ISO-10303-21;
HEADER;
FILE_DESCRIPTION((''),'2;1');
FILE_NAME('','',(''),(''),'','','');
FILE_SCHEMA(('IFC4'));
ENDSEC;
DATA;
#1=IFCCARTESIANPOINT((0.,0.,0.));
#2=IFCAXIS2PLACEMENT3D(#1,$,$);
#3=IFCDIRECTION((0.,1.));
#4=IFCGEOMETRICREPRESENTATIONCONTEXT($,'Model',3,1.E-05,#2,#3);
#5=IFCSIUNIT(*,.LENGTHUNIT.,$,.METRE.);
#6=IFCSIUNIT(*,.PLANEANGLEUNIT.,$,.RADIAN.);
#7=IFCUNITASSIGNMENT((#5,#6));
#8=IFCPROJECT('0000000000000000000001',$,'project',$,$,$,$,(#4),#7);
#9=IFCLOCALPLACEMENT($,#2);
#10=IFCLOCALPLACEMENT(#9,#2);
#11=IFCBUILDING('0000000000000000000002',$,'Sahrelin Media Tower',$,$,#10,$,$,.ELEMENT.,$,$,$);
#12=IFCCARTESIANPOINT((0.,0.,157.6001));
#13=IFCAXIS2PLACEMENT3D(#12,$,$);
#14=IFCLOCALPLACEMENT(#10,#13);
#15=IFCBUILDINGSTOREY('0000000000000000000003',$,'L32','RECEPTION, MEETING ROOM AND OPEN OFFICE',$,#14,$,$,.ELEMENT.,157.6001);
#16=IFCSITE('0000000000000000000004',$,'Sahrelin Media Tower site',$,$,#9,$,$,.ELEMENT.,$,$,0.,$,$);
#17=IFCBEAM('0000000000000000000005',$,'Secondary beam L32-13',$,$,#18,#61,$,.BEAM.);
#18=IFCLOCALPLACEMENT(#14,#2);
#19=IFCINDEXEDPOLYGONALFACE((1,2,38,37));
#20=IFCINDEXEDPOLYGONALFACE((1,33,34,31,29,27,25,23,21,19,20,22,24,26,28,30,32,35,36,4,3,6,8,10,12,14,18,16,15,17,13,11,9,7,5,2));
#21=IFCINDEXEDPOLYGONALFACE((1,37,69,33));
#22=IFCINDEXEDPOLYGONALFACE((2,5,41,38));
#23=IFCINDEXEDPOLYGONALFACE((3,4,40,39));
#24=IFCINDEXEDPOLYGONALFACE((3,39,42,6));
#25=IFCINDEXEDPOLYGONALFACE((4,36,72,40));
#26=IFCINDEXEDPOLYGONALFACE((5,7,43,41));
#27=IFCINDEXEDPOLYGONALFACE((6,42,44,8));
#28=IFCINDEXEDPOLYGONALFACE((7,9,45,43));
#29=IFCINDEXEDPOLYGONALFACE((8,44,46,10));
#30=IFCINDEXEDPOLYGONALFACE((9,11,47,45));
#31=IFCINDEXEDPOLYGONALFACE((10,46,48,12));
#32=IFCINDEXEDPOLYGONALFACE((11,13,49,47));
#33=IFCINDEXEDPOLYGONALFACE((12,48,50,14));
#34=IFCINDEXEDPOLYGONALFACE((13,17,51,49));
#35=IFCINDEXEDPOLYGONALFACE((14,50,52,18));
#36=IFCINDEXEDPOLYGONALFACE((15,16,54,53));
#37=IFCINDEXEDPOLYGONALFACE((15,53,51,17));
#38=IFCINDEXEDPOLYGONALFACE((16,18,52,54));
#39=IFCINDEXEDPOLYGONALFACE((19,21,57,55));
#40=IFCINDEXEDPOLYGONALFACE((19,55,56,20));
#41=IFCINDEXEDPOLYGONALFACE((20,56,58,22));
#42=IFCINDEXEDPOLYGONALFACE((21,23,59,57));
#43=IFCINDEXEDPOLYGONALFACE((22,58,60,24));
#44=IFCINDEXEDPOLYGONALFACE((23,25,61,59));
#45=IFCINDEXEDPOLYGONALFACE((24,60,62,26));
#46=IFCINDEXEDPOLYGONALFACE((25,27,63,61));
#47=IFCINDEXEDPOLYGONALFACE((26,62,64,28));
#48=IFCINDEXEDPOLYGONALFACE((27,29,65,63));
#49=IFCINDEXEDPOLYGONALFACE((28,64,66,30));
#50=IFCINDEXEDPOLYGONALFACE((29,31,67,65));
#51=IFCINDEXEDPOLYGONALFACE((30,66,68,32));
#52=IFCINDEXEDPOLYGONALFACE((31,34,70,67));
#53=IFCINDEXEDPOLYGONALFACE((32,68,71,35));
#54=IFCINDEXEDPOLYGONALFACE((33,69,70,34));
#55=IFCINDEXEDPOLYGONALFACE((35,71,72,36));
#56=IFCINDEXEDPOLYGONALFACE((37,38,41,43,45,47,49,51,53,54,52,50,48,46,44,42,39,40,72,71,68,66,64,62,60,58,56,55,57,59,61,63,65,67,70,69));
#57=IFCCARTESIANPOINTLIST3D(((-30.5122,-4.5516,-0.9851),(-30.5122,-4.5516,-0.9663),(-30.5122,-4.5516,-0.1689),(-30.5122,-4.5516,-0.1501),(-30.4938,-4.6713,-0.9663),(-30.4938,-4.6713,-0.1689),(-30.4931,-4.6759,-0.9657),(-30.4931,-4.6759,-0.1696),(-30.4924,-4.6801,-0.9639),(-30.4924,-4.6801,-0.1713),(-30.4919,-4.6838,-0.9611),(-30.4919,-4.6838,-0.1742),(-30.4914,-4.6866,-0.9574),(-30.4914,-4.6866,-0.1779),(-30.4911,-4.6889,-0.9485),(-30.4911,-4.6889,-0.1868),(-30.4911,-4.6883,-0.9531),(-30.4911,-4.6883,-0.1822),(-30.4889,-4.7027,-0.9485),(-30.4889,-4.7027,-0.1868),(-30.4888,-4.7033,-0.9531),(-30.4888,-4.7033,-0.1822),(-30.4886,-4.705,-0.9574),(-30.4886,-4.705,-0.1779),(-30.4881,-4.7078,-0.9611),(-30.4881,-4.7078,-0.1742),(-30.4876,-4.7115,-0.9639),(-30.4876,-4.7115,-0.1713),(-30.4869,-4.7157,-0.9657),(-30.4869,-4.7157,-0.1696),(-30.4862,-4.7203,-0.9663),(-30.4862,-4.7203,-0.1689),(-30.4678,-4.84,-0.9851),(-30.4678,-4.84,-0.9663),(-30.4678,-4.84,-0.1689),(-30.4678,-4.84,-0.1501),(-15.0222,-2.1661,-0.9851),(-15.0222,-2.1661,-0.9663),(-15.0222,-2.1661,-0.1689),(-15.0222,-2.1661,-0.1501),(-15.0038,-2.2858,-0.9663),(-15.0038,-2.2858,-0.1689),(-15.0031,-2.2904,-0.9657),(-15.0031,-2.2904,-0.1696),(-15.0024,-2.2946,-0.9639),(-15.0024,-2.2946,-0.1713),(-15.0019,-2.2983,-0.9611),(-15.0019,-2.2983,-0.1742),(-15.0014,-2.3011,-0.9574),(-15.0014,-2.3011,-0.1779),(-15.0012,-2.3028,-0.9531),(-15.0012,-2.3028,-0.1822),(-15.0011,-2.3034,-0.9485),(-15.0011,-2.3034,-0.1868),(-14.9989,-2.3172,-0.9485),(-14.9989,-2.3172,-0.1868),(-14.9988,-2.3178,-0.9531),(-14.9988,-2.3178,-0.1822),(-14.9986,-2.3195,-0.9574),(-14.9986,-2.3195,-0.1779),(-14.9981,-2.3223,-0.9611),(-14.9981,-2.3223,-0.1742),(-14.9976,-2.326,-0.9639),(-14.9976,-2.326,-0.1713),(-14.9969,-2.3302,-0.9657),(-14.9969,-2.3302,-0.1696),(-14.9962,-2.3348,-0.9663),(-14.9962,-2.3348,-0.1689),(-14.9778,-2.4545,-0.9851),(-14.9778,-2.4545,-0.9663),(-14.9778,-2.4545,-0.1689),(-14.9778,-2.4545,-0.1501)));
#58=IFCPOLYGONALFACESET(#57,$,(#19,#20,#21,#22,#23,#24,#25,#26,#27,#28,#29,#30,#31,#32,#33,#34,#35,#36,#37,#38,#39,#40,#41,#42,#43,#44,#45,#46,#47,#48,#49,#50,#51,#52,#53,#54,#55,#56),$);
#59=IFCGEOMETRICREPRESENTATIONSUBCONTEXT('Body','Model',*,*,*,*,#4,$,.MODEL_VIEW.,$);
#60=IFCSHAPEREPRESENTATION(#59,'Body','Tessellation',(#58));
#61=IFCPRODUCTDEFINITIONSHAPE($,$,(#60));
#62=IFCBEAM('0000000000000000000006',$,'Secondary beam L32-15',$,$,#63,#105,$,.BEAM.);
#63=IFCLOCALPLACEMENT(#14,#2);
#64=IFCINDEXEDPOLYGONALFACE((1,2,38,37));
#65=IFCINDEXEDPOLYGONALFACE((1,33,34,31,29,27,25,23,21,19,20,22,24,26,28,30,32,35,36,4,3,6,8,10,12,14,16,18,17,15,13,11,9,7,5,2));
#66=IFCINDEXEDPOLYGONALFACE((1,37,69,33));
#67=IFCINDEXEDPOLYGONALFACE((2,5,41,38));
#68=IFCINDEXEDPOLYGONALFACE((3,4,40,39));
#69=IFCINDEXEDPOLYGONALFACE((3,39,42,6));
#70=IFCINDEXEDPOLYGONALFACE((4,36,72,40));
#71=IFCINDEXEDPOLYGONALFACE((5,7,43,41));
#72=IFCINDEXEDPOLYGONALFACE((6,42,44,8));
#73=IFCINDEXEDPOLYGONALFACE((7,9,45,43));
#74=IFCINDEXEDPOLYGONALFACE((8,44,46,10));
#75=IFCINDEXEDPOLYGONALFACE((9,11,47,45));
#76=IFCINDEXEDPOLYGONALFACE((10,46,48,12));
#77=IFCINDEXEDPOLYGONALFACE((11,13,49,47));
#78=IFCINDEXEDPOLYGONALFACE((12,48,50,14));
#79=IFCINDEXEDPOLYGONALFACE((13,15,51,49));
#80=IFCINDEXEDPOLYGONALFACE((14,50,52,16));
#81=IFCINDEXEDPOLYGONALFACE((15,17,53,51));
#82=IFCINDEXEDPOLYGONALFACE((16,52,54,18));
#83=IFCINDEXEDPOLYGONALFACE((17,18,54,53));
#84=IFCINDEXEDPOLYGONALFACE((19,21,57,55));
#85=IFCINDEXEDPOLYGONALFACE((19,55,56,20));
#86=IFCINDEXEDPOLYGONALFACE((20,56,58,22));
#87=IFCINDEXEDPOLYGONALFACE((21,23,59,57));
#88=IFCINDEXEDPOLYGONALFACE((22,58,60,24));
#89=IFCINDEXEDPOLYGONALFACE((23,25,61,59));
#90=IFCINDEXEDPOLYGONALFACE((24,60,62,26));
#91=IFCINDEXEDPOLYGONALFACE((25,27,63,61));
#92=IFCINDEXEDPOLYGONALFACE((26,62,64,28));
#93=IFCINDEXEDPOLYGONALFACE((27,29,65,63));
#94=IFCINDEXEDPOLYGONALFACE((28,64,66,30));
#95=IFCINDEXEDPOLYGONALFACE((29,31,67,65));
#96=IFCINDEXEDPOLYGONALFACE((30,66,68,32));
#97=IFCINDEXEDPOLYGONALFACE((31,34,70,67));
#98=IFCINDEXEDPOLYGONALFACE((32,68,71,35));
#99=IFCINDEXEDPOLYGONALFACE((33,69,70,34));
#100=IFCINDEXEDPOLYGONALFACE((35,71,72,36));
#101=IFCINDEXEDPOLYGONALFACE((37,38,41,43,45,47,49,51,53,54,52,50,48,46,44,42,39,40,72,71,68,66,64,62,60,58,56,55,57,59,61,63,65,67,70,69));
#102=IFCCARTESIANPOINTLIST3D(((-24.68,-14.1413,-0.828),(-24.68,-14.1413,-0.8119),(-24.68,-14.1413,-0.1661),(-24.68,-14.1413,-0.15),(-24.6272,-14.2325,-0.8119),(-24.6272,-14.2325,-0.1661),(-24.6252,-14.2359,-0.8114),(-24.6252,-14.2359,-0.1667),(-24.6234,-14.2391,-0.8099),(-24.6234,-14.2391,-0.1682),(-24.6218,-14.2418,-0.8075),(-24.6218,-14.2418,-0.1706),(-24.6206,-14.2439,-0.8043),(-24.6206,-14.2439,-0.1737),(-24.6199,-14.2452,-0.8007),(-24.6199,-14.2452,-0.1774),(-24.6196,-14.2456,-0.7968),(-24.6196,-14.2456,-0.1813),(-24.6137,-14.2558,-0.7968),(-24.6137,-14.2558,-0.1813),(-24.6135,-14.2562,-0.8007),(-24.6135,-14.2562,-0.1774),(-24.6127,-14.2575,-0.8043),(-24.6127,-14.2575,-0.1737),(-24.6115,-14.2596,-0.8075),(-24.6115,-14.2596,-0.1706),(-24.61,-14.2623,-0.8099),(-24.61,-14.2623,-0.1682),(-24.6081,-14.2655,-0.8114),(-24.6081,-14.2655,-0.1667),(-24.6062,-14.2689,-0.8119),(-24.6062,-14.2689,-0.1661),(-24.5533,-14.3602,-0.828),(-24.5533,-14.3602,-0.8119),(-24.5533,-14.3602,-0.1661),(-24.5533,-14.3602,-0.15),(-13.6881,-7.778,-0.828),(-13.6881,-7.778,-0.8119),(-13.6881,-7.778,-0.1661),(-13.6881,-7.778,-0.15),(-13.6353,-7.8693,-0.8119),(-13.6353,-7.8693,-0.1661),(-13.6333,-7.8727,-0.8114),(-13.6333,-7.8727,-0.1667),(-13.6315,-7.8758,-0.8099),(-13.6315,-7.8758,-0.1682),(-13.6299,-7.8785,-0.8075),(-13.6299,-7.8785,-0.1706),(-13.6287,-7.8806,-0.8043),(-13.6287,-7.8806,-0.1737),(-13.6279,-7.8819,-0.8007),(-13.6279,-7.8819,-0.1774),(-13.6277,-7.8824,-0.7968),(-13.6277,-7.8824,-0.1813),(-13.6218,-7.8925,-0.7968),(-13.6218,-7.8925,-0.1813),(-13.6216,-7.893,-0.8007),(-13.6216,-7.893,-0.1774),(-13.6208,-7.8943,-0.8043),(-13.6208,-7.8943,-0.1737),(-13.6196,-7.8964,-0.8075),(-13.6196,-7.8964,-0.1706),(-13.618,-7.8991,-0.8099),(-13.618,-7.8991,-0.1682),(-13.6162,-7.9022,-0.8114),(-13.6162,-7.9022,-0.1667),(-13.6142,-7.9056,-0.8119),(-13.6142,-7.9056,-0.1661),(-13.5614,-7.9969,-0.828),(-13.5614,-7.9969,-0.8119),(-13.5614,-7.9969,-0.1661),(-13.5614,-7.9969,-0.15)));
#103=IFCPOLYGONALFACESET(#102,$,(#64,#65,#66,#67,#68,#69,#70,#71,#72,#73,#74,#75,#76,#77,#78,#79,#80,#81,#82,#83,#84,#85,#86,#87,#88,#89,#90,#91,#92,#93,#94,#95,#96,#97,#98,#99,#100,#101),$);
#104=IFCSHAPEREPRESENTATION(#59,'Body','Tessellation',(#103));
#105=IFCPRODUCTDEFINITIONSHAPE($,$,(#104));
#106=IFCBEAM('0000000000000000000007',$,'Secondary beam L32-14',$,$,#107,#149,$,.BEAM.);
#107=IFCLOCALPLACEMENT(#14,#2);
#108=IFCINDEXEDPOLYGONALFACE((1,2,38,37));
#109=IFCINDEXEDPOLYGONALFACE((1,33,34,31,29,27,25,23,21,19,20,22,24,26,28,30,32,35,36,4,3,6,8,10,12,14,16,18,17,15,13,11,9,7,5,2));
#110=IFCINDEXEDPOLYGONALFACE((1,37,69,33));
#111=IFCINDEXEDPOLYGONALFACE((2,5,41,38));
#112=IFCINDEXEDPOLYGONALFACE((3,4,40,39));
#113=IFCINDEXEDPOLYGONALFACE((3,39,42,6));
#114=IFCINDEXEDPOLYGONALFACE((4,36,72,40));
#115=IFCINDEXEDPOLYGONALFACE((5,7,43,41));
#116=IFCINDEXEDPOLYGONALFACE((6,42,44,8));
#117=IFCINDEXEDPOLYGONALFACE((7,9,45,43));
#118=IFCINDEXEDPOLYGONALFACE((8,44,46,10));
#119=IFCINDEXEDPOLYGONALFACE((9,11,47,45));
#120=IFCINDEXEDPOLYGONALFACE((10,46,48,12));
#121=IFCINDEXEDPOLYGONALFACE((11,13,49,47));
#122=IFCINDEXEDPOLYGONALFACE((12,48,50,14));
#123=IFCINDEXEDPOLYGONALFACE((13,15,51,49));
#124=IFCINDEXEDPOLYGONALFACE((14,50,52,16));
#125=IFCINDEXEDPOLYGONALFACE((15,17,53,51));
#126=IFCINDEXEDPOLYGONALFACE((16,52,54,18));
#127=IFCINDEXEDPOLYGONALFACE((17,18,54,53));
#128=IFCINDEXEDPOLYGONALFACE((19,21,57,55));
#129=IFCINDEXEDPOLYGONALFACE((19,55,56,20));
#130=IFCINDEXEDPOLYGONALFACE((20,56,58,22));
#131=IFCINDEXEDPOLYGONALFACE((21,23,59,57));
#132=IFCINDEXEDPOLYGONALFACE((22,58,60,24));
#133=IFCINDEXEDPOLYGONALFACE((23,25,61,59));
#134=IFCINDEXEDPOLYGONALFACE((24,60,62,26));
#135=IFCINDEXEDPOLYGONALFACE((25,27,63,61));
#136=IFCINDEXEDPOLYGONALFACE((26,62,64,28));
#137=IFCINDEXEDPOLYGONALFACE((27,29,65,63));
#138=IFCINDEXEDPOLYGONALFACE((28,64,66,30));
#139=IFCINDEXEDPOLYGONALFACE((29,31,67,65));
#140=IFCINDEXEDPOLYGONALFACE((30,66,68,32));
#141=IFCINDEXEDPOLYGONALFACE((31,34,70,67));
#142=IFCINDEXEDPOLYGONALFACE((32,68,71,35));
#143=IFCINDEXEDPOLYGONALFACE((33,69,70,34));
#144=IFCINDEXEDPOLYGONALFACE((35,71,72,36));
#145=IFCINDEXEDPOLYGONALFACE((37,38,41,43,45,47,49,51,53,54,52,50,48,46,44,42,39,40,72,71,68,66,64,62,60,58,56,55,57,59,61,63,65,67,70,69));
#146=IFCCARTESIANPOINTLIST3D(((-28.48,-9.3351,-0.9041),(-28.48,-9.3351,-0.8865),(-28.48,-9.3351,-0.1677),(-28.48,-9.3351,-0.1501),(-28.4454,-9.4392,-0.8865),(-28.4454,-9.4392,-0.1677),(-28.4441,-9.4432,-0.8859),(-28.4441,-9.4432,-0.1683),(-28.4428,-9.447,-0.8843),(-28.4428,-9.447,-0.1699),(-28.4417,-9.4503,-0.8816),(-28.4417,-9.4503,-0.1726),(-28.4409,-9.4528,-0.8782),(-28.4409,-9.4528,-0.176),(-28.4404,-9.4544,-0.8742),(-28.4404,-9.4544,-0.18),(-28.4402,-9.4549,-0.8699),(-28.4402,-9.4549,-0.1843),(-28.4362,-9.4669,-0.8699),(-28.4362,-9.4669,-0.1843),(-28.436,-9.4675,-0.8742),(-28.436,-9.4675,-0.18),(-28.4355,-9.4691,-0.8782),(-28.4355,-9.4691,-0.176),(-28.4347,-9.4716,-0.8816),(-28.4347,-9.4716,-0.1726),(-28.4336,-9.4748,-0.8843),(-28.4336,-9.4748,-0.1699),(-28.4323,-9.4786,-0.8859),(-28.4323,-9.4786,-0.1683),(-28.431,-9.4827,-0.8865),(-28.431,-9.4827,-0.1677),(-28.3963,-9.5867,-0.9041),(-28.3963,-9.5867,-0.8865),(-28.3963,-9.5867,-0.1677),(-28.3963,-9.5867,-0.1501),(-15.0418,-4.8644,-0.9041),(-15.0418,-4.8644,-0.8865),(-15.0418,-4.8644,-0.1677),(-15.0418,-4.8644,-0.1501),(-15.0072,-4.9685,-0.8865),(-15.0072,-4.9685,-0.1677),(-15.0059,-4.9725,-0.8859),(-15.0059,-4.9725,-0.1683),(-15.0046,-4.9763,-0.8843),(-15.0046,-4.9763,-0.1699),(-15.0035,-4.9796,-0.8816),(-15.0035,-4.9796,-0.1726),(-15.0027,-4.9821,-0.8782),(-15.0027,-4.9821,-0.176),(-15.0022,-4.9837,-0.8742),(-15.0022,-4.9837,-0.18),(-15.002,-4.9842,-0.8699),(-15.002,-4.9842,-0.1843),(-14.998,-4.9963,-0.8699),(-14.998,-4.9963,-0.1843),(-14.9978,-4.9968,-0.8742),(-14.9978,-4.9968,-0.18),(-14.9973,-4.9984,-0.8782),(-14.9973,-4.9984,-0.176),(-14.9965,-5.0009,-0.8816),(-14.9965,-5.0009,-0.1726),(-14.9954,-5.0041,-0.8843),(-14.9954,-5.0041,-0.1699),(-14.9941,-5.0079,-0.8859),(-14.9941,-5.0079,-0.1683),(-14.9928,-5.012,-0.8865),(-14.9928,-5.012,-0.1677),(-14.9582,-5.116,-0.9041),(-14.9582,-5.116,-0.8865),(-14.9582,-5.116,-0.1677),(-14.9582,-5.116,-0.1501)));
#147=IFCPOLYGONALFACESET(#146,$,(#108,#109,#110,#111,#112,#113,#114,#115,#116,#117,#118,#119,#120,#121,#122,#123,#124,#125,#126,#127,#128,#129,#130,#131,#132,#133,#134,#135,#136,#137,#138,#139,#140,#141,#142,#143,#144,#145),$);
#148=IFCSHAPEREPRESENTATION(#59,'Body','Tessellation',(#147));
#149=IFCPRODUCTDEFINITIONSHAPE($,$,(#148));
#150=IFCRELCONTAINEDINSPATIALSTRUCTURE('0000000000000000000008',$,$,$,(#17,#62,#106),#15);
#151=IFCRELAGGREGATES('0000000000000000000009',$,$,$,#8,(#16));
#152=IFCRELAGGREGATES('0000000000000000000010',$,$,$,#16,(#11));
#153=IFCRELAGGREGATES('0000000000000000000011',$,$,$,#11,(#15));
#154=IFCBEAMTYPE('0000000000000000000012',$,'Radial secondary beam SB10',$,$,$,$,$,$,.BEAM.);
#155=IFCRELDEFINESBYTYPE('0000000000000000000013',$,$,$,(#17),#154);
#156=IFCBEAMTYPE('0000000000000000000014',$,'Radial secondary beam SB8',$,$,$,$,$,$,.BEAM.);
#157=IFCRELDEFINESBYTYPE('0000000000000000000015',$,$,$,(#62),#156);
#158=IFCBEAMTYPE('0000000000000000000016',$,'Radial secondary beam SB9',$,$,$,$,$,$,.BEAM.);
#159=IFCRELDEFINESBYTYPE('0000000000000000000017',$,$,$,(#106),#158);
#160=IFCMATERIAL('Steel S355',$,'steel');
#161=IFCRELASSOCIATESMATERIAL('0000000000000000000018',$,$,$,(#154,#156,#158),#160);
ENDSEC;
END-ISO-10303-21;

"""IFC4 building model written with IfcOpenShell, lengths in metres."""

from ifc_helpers import new_model, si_unit, direction, frame, origin, origin_2d, place, context, subcontext, project, spatial, i_section, extrude, material, material_profile, profile_set, type_object, element, save


model = new_model("IFC4")

# Units and contexts
model_context = context("Model", 3, precision=1e-05, world=origin(), true_north=direction((0.0, 1.0)))
body_context = subcontext(model_context, "Body", "Model", "MODEL_VIEW")
ifc_project = project(units=[si_unit("LENGTHUNIT", "METRE"), si_unit("PLANEANGLEUNIT", "RADIAN")], contexts=[model_context])

# Site, building, storey
site_placement = place(None, origin())
site = spatial("IfcSite", under=ifc_project, at=site_placement, Name="Sahrelin Media Tower site", CompositionType="ELEMENT", RefElevation=0.0)
building_placement = place(site_placement, origin())
building = spatial("IfcBuilding", under=site, at=building_placement, Name="Sahrelin Media Tower", CompositionType="ELEMENT")
storey_placement = place(building_placement, frame((0.0, 0.0, 157.6001)))
storey = spatial("IfcBuildingStorey", under=building, at=storey_placement, Name="L32", Description="RECEPTION, MEETING ROOM AND OPEN OFFICE", CompositionType="ELEMENT", Elevation=157.6001)

# Beams
ifc_material_1 = material(Name="Steel S355", Category="steel")
ifc_material_profile_1 = material_profile(ifc_material_1, i_section(OverallWidth=0.2917, OverallDepth=0.835, WebThickness=0.0139, FlangeThickness=0.0188, FilletRadius=0.0178, at=origin_2d()), Name="UB 838x292x176")
ifc_profile_set_1 = profile_set([ifc_material_profile_1], Name="Steel S355")
beam_type_1 = type_object("IfcBeamType", Name="Radial secondary beam SB10", PredefinedType="BEAM", material=ifc_profile_set_1)
beam_1_placement = place(storey_placement, frame((-15.0, -2.3103, -0.5676), z_axis=(-0.988348, -0.152208, 0.0), x_axis=(0.152208, -0.988348, 0.0)))
element("IfcBeam", 1, at=beam_1_placement, inside=storey, type_object=beam_type_1, Name="Secondary beam L32-13", PredefinedType="BEAM", context=body_context, shape_type="SweptSolid", body=[
    extrude(i_section(OverallWidth=0.2917, OverallDepth=0.835, WebThickness=0.0139, FlangeThickness=0.0188, FilletRadius=0.0178, at=origin_2d()), origin(), (0.0, 0.0, 1.0), 15.6726),
])
ifc_material_profile_2 = material_profile(ifc_material_1, i_section(OverallWidth=0.2529, OverallDepth=0.678, WebThickness=0.0117, FlangeThickness=0.0161, FilletRadius=0.0151, at=origin_2d()), Name="UB 686x254x125")
ifc_profile_set_2 = profile_set([ifc_material_profile_2], Name="Steel S355")
beam_type_2 = type_object("IfcBeamType", Name="Radial secondary beam SB8", PredefinedType="BEAM", material=ifc_profile_set_2)
beam_2_placement = place(storey_placement, frame((-13.6248, -7.8875, -0.489), z_axis=(-0.865443, -0.501008, 0.0), x_axis=(0.501008, -0.865443, 0.0)))
element("IfcBeam", 2, at=beam_2_placement, inside=storey, type_object=beam_type_2, Name="Secondary beam L32-15", PredefinedType="BEAM", context=body_context, shape_type="SweptSolid", body=[
    extrude(i_section(OverallWidth=0.2529, OverallDepth=0.678, WebThickness=0.0117, FlangeThickness=0.0161, FilletRadius=0.0151, at=origin_2d()), origin(), (0.0, 0.0, 1.0), 12.7009),
])
ifc_material_profile_3 = material_profile(ifc_material_1, i_section(OverallWidth=0.2651, OverallDepth=0.7539, WebThickness=0.0127, FlangeThickness=0.0176, FilletRadius=0.0166, at=origin_2d()), Name="UB 762x267x147")
ifc_profile_set_3 = profile_set([ifc_material_profile_3], Name="Steel S355")
beam_type_3 = type_object("IfcBeamType", Name="Radial secondary beam SB9", PredefinedType="BEAM", material=ifc_profile_set_3)
beam_3_placement = place(storey_placement, frame((-15.0, -4.9902, -0.5271), z_axis=(-0.948868, -0.315674, 0.0), x_axis=(0.315674, -0.948868, 0.0)))
element("IfcBeam", 3, at=beam_3_placement, inside=storey, type_object=beam_type_3, Name="Secondary beam L32-14", PredefinedType="BEAM", context=body_context, shape_type="SweptSolid", body=[
    extrude(i_section(OverallWidth=0.2651, OverallDepth=0.7539, WebThickness=0.0127, FlangeThickness=0.0176, FilletRadius=0.0166, at=origin_2d()), origin(), (0.0, 0.0, 1.0), 14.1624),
])

save(model, "model.ifc")
